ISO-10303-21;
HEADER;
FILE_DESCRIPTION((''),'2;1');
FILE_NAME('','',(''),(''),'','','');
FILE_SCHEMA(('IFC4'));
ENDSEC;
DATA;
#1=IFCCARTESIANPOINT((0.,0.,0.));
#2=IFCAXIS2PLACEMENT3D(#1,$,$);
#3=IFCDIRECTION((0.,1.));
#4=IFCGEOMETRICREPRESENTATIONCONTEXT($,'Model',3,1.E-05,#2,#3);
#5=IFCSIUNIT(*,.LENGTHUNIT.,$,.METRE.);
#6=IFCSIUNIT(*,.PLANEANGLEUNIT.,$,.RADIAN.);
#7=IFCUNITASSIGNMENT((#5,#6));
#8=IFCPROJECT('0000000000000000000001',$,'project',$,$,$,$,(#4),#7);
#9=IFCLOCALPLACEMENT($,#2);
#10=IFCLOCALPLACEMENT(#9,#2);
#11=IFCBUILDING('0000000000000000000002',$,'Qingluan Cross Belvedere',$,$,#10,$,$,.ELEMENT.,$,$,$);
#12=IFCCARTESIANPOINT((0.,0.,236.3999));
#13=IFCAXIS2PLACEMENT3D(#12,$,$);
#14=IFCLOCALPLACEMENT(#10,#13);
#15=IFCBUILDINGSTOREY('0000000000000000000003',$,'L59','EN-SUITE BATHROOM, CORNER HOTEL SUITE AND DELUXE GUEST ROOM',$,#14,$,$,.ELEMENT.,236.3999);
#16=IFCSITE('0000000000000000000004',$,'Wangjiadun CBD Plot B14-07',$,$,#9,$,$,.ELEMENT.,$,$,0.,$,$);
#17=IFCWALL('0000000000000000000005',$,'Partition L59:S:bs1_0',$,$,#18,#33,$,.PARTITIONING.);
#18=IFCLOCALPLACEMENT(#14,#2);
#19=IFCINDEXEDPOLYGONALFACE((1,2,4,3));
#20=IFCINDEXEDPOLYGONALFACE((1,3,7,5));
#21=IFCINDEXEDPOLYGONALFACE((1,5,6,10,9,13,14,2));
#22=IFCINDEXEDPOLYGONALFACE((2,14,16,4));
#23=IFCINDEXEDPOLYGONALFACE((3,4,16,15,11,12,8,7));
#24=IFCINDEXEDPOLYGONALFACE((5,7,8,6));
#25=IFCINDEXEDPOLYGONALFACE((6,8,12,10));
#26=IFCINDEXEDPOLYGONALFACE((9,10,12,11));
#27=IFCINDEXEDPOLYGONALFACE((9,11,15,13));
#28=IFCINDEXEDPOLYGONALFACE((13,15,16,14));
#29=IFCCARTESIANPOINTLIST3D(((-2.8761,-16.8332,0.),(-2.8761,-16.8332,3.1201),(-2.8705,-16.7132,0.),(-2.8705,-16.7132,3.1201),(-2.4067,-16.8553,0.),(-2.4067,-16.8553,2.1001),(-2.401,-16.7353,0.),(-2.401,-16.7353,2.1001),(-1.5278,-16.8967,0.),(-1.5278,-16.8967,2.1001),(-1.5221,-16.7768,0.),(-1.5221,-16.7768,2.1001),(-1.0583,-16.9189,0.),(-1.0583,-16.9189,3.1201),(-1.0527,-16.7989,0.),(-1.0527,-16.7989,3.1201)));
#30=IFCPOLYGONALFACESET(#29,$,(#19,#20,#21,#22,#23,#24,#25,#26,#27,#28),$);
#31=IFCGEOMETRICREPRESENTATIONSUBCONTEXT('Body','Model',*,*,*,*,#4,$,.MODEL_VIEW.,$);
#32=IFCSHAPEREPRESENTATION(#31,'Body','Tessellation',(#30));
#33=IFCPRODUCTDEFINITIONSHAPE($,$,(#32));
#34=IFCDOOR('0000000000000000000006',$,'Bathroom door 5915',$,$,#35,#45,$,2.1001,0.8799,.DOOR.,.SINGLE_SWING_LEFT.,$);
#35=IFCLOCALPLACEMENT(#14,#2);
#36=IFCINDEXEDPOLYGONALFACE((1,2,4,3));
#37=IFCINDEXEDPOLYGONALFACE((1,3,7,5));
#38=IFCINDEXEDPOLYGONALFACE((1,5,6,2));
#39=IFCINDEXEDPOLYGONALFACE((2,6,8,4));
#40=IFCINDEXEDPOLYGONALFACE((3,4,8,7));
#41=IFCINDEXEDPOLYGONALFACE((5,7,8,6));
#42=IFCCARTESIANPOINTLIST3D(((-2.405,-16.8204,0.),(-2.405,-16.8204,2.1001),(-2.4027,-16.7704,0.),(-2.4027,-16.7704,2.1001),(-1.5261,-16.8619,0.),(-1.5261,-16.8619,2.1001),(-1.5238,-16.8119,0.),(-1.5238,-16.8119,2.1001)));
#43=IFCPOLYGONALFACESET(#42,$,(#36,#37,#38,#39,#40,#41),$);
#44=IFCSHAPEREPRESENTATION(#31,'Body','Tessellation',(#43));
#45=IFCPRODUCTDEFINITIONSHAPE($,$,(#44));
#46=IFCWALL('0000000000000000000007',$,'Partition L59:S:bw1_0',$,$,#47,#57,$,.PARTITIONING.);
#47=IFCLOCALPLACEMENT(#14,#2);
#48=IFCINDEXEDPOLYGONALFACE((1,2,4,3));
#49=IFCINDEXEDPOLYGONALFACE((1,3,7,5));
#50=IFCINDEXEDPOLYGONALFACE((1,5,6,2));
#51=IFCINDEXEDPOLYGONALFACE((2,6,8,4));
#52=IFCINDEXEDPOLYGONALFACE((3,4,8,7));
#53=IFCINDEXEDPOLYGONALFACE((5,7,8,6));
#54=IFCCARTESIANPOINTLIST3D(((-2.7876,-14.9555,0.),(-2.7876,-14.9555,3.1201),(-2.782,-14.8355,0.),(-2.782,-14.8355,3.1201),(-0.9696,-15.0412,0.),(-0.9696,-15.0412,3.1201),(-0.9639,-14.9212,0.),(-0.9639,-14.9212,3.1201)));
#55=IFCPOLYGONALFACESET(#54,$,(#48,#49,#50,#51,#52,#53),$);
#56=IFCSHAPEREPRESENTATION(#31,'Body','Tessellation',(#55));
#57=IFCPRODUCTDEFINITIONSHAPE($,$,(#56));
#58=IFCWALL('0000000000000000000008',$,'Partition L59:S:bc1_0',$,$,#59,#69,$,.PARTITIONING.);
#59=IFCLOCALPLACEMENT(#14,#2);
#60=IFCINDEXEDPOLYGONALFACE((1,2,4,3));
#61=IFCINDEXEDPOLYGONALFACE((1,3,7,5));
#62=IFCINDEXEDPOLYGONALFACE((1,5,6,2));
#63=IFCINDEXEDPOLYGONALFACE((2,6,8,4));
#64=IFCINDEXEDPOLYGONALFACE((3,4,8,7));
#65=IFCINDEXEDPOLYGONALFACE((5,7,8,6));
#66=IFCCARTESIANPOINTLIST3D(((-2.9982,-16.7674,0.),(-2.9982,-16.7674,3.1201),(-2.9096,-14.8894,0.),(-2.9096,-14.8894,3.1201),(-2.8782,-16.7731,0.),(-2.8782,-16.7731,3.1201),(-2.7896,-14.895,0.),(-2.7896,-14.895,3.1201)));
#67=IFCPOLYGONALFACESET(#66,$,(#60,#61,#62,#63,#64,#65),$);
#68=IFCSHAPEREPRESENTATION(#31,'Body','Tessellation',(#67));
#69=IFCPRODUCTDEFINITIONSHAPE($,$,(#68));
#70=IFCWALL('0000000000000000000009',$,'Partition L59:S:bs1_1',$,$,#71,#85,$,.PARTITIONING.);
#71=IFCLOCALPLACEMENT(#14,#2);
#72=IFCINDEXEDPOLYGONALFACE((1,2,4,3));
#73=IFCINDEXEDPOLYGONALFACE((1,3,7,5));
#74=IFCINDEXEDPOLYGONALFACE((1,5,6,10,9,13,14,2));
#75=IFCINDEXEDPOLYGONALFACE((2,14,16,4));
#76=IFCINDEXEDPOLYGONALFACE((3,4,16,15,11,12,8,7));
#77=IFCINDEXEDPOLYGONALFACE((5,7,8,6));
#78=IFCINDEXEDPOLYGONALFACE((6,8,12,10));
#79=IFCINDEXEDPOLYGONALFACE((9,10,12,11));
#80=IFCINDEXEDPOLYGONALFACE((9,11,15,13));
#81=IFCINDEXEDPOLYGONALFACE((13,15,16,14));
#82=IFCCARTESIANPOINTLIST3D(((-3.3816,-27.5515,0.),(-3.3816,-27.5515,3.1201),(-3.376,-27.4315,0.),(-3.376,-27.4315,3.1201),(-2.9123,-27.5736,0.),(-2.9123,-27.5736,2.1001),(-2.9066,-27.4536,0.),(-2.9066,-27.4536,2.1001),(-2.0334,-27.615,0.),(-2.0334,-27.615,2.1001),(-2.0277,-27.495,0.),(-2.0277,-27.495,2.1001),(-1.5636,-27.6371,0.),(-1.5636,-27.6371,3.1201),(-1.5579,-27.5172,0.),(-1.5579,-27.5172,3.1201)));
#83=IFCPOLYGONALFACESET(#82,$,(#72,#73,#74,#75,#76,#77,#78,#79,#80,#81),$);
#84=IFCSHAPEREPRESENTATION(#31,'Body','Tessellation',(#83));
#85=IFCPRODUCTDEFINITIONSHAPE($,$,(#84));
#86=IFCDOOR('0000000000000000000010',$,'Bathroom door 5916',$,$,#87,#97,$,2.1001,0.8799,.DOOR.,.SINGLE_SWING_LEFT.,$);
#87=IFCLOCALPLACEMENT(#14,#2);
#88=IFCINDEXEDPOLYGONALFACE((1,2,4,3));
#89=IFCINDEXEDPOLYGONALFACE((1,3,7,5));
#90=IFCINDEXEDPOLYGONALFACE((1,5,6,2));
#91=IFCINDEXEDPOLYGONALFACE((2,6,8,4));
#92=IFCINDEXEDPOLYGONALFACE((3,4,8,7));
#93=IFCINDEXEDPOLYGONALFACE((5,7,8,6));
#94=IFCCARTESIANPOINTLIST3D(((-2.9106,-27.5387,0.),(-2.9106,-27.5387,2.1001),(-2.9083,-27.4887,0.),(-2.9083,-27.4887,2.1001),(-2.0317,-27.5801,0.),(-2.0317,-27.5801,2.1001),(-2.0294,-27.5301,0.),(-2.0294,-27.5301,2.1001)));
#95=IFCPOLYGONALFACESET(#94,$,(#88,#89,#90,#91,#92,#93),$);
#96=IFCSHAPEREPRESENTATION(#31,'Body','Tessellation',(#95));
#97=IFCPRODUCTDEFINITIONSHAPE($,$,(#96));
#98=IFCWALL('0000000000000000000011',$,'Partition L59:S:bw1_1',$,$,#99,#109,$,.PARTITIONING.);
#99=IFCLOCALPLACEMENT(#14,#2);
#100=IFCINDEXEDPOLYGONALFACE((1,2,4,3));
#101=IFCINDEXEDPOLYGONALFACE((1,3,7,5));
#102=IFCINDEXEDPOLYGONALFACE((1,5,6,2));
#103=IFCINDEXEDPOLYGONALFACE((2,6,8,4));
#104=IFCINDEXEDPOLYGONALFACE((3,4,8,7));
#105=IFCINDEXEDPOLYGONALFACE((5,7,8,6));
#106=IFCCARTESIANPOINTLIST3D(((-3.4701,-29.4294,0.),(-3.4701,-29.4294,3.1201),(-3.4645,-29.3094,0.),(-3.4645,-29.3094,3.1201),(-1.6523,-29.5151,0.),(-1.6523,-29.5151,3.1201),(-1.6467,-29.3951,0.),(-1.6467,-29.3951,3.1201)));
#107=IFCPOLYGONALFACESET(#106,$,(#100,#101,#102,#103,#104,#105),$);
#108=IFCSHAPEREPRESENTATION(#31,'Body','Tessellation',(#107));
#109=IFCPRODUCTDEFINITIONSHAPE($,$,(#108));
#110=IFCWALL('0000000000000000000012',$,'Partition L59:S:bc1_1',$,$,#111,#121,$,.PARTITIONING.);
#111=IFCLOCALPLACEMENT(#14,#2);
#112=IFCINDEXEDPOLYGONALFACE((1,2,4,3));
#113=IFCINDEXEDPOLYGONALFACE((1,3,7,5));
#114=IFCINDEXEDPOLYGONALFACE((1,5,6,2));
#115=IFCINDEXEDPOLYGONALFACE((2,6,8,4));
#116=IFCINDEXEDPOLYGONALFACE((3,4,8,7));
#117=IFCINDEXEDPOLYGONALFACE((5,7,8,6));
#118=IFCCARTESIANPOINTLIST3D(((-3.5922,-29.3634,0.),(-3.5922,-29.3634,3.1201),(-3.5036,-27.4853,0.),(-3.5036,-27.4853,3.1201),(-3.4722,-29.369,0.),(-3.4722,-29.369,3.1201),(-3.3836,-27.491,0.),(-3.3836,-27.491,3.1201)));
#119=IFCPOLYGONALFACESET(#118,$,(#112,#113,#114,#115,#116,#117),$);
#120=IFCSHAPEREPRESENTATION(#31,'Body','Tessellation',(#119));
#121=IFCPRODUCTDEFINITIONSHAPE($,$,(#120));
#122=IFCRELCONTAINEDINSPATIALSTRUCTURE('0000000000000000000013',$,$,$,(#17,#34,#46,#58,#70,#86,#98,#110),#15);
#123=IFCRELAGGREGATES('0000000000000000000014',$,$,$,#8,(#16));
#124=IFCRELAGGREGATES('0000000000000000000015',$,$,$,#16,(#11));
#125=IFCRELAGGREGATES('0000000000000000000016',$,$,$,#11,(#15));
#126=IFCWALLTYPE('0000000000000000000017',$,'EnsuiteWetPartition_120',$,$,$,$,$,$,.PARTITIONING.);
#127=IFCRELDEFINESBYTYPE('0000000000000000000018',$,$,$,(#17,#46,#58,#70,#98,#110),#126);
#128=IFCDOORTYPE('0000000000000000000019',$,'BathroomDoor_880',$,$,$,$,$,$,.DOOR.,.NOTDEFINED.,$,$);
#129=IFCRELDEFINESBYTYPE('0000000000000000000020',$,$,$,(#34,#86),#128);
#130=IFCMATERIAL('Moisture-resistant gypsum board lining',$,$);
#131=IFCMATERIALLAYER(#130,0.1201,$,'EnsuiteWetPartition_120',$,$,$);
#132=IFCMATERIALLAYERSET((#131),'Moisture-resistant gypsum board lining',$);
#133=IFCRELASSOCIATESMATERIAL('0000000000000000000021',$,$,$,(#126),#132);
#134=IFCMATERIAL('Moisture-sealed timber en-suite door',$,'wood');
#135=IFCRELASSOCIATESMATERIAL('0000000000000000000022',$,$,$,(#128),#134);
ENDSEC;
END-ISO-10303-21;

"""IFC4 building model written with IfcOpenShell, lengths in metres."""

from ifc_helpers import new_model, si_unit, direction, frame, frame_2d, origin, place, context, subcontext, project, spatial, rectangle, extrude, material, layer, layer_set, type_object, element, fill, save


model = new_model("IFC4")

# Units and contexts
model_context = context("Model", 3, precision=1e-05, world=origin(), true_north=direction((0.0, 1.0)))
body_context = subcontext(model_context, "Body", "Model", "MODEL_VIEW")
ifc_project = project(units=[si_unit("LENGTHUNIT", "METRE"), si_unit("PLANEANGLEUNIT", "RADIAN")], contexts=[model_context])

# Site, building, storey
site_placement = place(None, origin())
site = spatial("IfcSite", under=ifc_project, at=site_placement, Name="Wangjiadun CBD Plot B14-07", CompositionType="ELEMENT", RefElevation=0.0)
building_placement = place(site_placement, origin())
building = spatial("IfcBuilding", under=site, at=building_placement, Name="Qingluan Cross Belvedere", CompositionType="ELEMENT")
storey_placement = place(building_placement, frame((0.0, 0.0, 236.3999)))
storey = spatial("IfcBuildingStorey", under=building, at=storey_placement, Name="L59", Description="EN-SUITE BATHROOM, CORNER HOTEL SUITE AND DELUXE GUEST ROOM", CompositionType="ELEMENT", Elevation=236.3999)

# Wall, opening, door
ifc_material_1 = material(Name="Moisture-resistant gypsum board lining")
ifc_layer_1 = layer(ifc_material_1, 0.1201, Name="EnsuiteWetPartition_120")
ifc_layer_set_1 = layer_set([ifc_layer_1], Name="Moisture-resistant gypsum board lining")
wall_type_1 = type_object("IfcWallType", Name="EnsuiteWetPartition_120", PredefinedType="PARTITIONING", material=ifc_layer_set_1)
wall_1_placement = place(storey_placement, frame((-2.8733, -16.7732, 0.0), z_axis=(0.0, 0.0, 1.0), x_axis=(0.998891, -0.047087, 0.0)))
wall_1 = element("IfcWall", 1, at=wall_1_placement, inside=storey, type_object=wall_type_1, Name="Partition L59:S:bs1_0", PredefinedType="PARTITIONING", context=body_context, shape_type="SweptSolid", body=[
    extrude(rectangle(XDim=1.8198, YDim=0.1201, at=frame_2d((0.9099, 0.0))), origin(), (0.0, 0.0, 1.0), 3.1201),
])
opening_1_placement = place(wall_1_placement, frame((0.47, 0.0, 0.0)))
opening_1 = element("IfcOpeningElement", 2, at=opening_1_placement, cuts=wall_1, PredefinedType="OPENING", context=body_context, shape_type="SweptSolid", body=[
    extrude(rectangle(XDim=0.8799, YDim=2.1001, at=frame_2d((0.4399, 1.05))), frame((0.0, 0.0701, 0.0), z_axis=(0.0, -1.0, 0.0), x_axis=(1.0, 0.0, 0.0)), (0.0, 0.0, 1.0), 0.1401),
])
ifc_material_2 = material(Name="Moisture-sealed timber en-suite door", Category="wood")
door_type = type_object("IfcDoorType", Name="BathroomDoor_880", OperationType="NOTDEFINED", PredefinedType="DOOR", material=ifc_material_2)
door_1_placement = place(opening_1_placement, origin())
door_1 = element("IfcDoor", 3, at=door_1_placement, inside=storey, type_object=door_type, Name="Bathroom door 5915", OperationType="SINGLE_SWING_LEFT", OverallHeight=2.1001, OverallWidth=0.8799, PredefinedType="DOOR", context=body_context, shape_type="SweptSolid", body=[
    extrude(rectangle(XDim=0.8799, YDim=2.1001, at=frame_2d((0.4399, 1.05))), frame((0.0, 0.0249, 0.0), z_axis=(0.0, -1.0, 0.0), x_axis=(1.0, 0.0, 0.0)), (0.0, 0.0, 1.0), 0.05),
])
fill(opening_1, door_1)

# Walls
wall_2_placement = place(storey_placement, frame((-2.7849, -14.8955, 0.0), z_axis=(0.0, 0.0, 1.0), x_axis=(0.998891, -0.047081, 0.0)))
element("IfcWall", 4, at=wall_2_placement, inside=storey, type_object=wall_type_1, Name="Partition L59:S:bw1_0", PredefinedType="PARTITIONING", context=body_context, shape_type="SweptSolid", body=[
    extrude(rectangle(XDim=1.8201, YDim=0.1201, at=frame_2d((0.9102, 0.0))), origin(), (0.0, 0.0, 1.0), 3.1201),
])
wall_3_placement = place(storey_placement, frame((-2.8496, -14.8923, 0.0), z_axis=(0.0, 0.0, 1.0), x_axis=(-0.047139, -0.998888, 0.0)))
element("IfcWall", 5, at=wall_3_placement, inside=storey, type_object=wall_type_1, Name="Partition L59:S:bc1_0", PredefinedType="PARTITIONING", context=body_context, shape_type="SweptSolid", body=[
    extrude(rectangle(XDim=1.8801, YDim=0.1201, at=frame_2d((0.9399, 0.0))), origin(), (0.0, 0.0, 1.0), 3.1201),
])

# Wall, opening, door
wall_4_placement = place(storey_placement, frame((-3.3789, -27.4915, 0.0), z_axis=(0.0, 0.0, 1.0), x_axis=(0.998891, -0.047081, 0.0)))
wall_4 = element("IfcWall", 6, at=wall_4_placement, inside=storey, type_object=wall_type_1, Name="Partition L59:S:bs1_1", PredefinedType="PARTITIONING", context=body_context, shape_type="SweptSolid", body=[
    extrude(rectangle(XDim=1.8201, YDim=0.1201, at=frame_2d((0.9102, 0.0))), origin(), (0.0, 0.0, 1.0), 3.1201),
])
opening_2_placement = place(wall_4_placement, frame((0.47, 0.0, 0.0)))
opening_2 = element("IfcOpeningElement", 7, at=opening_2_placement, cuts=wall_4, PredefinedType="OPENING", context=body_context, shape_type="SweptSolid", body=[
    extrude(rectangle(XDim=0.8799, YDim=2.1001, at=frame_2d((0.4399, 1.05))), frame((0.0, 0.0701, 0.0), z_axis=(0.0, -1.0, 0.0), x_axis=(1.0, 0.0, 0.0)), (0.0, 0.0, 1.0), 0.1401),
])
door_2_placement = place(opening_2_placement, origin())
door_2 = element("IfcDoor", 8, at=door_2_placement, inside=storey, type_object=door_type, Name="Bathroom door 5916", OperationType="SINGLE_SWING_LEFT", OverallHeight=2.1001, OverallWidth=0.8799, PredefinedType="DOOR", context=body_context, shape_type="SweptSolid", body=[
    extrude(rectangle(XDim=0.8799, YDim=2.1001, at=frame_2d((0.4399, 1.05))), frame((0.0, 0.0249, 0.0), z_axis=(0.0, -1.0, 0.0), x_axis=(1.0, 0.0, 0.0)), (0.0, 0.0, 1.0), 0.05),
])
fill(opening_2, door_2)

# Walls
wall_5_placement = place(storey_placement, frame((-3.4673, -29.3694, 0.0), z_axis=(0.0, 0.0, 1.0), x_axis=(0.998891, -0.047087, 0.0)))
element("IfcWall", 9, at=wall_5_placement, inside=storey, type_object=wall_type_1, Name="Partition L59:S:bw1_1", PredefinedType="PARTITIONING", context=body_context, shape_type="SweptSolid", body=[
    extrude(rectangle(XDim=1.8198, YDim=0.1201, at=frame_2d((0.9099, 0.0))), origin(), (0.0, 0.0, 1.0), 3.1201),
])
wall_6_placement = place(storey_placement, frame((-3.4436, -27.4883, 0.0), z_axis=(0.0, 0.0, 1.0), x_axis=(-0.047139, -0.998888, 0.0)))
element("IfcWall", 10, at=wall_6_placement, inside=storey, type_object=wall_type_1, Name="Partition L59:S:bc1_1", PredefinedType="PARTITIONING", context=body_context, shape_type="SweptSolid", body=[
    extrude(rectangle(XDim=1.8801, YDim=0.1201, at=frame_2d((0.9399, 0.0))), origin(), (0.0, 0.0, 1.0), 3.1201),
])

save(model, "model.ifc")
